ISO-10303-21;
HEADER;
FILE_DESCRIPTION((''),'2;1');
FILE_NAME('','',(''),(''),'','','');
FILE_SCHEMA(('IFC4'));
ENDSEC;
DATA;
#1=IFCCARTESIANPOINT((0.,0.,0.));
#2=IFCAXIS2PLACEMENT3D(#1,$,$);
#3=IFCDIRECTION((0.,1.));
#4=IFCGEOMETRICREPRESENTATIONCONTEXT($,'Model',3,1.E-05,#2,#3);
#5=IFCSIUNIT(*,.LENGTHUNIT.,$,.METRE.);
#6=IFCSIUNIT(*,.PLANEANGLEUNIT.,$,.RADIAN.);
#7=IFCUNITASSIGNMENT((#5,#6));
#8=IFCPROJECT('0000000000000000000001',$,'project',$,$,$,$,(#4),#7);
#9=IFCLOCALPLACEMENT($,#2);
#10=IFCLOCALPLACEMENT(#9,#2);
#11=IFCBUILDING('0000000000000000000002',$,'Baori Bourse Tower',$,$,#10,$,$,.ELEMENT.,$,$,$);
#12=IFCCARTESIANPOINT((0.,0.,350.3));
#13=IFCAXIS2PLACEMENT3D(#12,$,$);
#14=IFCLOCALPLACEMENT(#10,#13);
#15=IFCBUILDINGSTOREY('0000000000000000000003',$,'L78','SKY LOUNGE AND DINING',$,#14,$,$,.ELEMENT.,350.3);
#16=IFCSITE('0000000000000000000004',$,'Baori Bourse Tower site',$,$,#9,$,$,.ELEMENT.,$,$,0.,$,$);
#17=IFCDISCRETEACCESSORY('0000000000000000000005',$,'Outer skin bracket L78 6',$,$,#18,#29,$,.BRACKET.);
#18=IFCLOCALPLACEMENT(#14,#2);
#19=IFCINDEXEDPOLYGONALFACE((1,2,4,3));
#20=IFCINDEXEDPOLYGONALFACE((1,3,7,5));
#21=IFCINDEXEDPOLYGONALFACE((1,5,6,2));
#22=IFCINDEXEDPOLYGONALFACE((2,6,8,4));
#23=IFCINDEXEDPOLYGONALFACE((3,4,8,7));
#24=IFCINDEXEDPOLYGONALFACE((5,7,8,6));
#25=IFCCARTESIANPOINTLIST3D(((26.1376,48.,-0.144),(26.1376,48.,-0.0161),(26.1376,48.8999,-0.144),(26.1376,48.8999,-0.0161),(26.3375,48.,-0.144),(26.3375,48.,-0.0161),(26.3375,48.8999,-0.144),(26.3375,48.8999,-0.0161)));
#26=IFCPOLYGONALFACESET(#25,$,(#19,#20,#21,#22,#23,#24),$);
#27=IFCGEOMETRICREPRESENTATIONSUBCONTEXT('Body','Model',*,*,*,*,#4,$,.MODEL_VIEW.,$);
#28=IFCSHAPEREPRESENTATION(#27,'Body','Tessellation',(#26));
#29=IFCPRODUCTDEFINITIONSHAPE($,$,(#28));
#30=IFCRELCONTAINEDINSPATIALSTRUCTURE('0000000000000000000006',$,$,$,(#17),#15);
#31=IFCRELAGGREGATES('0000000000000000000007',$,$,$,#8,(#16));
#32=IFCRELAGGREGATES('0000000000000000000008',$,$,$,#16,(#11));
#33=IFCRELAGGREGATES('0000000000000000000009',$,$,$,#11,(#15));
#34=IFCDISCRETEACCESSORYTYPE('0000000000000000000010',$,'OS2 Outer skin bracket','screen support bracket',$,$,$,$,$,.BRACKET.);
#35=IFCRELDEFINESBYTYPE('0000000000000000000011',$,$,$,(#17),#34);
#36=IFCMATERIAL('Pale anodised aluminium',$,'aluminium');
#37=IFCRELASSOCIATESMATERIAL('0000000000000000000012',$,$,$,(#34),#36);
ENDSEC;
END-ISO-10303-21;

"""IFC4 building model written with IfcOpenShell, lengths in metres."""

from ifc_helpers import new_model, si_unit, direction, frame, origin, origin_2d, place, context, subcontext, project, spatial, rectangle, extrude, material, type_object, element, save


model = new_model("IFC4")

# Units and contexts
model_context = context("Model", 3, precision=1e-05, world=origin(), true_north=direction((0.0, 1.0)))
body_context = subcontext(model_context, "Body", "Model", "MODEL_VIEW")
ifc_project = project(units=[si_unit("LENGTHUNIT", "METRE"), si_unit("PLANEANGLEUNIT", "RADIAN")], contexts=[model_context])

# Site, building, storey
site_placement = place(None, origin())
site = spatial("IfcSite", under=ifc_project, at=site_placement, Name="Baori Bourse Tower site", CompositionType="ELEMENT", RefElevation=0.0)
building_placement = place(site_placement, origin())
building = spatial("IfcBuilding", under=site, at=building_placement, Name="Baori Bourse Tower", CompositionType="ELEMENT")
storey_placement = place(building_placement, frame((0.0, 0.0, 350.3)))
storey = spatial("IfcBuildingStorey", under=building, at=storey_placement, Name="L78", Description="SKY LOUNGE AND DINING", CompositionType="ELEMENT", Elevation=350.3)

# Discrete accessory
ifc_material_1 = material(Name="Pale anodised aluminium", Category="aluminium")
discrete_accessory_type = type_object("IfcDiscreteAccessoryType", Name="OS2 Outer skin bracket", Description="screen support bracket", PredefinedType="BRACKET", material=ifc_material_1)
for number, where, z_axis, x_axis, name in (
    (1, (26.2375, 48.45, -0.144), (0.0, 0.0, 1.0), (-1.0, 0.0, 0.0), "Outer skin bracket L78 6"),
):
    element("IfcDiscreteAccessory", number, at=place(storey_placement, frame(where, z_axis=z_axis, x_axis=x_axis)), inside=storey, type_object=discrete_accessory_type, Name=name, PredefinedType="BRACKET", context=body_context, shape_type="SweptSolid", body=[
        extrude(rectangle(XDim=0.2, YDim=0.8999, at=origin_2d()), origin(), (0.0, 0.0, 1.0), 0.1279),
    ])

save(model, "model.ifc")
